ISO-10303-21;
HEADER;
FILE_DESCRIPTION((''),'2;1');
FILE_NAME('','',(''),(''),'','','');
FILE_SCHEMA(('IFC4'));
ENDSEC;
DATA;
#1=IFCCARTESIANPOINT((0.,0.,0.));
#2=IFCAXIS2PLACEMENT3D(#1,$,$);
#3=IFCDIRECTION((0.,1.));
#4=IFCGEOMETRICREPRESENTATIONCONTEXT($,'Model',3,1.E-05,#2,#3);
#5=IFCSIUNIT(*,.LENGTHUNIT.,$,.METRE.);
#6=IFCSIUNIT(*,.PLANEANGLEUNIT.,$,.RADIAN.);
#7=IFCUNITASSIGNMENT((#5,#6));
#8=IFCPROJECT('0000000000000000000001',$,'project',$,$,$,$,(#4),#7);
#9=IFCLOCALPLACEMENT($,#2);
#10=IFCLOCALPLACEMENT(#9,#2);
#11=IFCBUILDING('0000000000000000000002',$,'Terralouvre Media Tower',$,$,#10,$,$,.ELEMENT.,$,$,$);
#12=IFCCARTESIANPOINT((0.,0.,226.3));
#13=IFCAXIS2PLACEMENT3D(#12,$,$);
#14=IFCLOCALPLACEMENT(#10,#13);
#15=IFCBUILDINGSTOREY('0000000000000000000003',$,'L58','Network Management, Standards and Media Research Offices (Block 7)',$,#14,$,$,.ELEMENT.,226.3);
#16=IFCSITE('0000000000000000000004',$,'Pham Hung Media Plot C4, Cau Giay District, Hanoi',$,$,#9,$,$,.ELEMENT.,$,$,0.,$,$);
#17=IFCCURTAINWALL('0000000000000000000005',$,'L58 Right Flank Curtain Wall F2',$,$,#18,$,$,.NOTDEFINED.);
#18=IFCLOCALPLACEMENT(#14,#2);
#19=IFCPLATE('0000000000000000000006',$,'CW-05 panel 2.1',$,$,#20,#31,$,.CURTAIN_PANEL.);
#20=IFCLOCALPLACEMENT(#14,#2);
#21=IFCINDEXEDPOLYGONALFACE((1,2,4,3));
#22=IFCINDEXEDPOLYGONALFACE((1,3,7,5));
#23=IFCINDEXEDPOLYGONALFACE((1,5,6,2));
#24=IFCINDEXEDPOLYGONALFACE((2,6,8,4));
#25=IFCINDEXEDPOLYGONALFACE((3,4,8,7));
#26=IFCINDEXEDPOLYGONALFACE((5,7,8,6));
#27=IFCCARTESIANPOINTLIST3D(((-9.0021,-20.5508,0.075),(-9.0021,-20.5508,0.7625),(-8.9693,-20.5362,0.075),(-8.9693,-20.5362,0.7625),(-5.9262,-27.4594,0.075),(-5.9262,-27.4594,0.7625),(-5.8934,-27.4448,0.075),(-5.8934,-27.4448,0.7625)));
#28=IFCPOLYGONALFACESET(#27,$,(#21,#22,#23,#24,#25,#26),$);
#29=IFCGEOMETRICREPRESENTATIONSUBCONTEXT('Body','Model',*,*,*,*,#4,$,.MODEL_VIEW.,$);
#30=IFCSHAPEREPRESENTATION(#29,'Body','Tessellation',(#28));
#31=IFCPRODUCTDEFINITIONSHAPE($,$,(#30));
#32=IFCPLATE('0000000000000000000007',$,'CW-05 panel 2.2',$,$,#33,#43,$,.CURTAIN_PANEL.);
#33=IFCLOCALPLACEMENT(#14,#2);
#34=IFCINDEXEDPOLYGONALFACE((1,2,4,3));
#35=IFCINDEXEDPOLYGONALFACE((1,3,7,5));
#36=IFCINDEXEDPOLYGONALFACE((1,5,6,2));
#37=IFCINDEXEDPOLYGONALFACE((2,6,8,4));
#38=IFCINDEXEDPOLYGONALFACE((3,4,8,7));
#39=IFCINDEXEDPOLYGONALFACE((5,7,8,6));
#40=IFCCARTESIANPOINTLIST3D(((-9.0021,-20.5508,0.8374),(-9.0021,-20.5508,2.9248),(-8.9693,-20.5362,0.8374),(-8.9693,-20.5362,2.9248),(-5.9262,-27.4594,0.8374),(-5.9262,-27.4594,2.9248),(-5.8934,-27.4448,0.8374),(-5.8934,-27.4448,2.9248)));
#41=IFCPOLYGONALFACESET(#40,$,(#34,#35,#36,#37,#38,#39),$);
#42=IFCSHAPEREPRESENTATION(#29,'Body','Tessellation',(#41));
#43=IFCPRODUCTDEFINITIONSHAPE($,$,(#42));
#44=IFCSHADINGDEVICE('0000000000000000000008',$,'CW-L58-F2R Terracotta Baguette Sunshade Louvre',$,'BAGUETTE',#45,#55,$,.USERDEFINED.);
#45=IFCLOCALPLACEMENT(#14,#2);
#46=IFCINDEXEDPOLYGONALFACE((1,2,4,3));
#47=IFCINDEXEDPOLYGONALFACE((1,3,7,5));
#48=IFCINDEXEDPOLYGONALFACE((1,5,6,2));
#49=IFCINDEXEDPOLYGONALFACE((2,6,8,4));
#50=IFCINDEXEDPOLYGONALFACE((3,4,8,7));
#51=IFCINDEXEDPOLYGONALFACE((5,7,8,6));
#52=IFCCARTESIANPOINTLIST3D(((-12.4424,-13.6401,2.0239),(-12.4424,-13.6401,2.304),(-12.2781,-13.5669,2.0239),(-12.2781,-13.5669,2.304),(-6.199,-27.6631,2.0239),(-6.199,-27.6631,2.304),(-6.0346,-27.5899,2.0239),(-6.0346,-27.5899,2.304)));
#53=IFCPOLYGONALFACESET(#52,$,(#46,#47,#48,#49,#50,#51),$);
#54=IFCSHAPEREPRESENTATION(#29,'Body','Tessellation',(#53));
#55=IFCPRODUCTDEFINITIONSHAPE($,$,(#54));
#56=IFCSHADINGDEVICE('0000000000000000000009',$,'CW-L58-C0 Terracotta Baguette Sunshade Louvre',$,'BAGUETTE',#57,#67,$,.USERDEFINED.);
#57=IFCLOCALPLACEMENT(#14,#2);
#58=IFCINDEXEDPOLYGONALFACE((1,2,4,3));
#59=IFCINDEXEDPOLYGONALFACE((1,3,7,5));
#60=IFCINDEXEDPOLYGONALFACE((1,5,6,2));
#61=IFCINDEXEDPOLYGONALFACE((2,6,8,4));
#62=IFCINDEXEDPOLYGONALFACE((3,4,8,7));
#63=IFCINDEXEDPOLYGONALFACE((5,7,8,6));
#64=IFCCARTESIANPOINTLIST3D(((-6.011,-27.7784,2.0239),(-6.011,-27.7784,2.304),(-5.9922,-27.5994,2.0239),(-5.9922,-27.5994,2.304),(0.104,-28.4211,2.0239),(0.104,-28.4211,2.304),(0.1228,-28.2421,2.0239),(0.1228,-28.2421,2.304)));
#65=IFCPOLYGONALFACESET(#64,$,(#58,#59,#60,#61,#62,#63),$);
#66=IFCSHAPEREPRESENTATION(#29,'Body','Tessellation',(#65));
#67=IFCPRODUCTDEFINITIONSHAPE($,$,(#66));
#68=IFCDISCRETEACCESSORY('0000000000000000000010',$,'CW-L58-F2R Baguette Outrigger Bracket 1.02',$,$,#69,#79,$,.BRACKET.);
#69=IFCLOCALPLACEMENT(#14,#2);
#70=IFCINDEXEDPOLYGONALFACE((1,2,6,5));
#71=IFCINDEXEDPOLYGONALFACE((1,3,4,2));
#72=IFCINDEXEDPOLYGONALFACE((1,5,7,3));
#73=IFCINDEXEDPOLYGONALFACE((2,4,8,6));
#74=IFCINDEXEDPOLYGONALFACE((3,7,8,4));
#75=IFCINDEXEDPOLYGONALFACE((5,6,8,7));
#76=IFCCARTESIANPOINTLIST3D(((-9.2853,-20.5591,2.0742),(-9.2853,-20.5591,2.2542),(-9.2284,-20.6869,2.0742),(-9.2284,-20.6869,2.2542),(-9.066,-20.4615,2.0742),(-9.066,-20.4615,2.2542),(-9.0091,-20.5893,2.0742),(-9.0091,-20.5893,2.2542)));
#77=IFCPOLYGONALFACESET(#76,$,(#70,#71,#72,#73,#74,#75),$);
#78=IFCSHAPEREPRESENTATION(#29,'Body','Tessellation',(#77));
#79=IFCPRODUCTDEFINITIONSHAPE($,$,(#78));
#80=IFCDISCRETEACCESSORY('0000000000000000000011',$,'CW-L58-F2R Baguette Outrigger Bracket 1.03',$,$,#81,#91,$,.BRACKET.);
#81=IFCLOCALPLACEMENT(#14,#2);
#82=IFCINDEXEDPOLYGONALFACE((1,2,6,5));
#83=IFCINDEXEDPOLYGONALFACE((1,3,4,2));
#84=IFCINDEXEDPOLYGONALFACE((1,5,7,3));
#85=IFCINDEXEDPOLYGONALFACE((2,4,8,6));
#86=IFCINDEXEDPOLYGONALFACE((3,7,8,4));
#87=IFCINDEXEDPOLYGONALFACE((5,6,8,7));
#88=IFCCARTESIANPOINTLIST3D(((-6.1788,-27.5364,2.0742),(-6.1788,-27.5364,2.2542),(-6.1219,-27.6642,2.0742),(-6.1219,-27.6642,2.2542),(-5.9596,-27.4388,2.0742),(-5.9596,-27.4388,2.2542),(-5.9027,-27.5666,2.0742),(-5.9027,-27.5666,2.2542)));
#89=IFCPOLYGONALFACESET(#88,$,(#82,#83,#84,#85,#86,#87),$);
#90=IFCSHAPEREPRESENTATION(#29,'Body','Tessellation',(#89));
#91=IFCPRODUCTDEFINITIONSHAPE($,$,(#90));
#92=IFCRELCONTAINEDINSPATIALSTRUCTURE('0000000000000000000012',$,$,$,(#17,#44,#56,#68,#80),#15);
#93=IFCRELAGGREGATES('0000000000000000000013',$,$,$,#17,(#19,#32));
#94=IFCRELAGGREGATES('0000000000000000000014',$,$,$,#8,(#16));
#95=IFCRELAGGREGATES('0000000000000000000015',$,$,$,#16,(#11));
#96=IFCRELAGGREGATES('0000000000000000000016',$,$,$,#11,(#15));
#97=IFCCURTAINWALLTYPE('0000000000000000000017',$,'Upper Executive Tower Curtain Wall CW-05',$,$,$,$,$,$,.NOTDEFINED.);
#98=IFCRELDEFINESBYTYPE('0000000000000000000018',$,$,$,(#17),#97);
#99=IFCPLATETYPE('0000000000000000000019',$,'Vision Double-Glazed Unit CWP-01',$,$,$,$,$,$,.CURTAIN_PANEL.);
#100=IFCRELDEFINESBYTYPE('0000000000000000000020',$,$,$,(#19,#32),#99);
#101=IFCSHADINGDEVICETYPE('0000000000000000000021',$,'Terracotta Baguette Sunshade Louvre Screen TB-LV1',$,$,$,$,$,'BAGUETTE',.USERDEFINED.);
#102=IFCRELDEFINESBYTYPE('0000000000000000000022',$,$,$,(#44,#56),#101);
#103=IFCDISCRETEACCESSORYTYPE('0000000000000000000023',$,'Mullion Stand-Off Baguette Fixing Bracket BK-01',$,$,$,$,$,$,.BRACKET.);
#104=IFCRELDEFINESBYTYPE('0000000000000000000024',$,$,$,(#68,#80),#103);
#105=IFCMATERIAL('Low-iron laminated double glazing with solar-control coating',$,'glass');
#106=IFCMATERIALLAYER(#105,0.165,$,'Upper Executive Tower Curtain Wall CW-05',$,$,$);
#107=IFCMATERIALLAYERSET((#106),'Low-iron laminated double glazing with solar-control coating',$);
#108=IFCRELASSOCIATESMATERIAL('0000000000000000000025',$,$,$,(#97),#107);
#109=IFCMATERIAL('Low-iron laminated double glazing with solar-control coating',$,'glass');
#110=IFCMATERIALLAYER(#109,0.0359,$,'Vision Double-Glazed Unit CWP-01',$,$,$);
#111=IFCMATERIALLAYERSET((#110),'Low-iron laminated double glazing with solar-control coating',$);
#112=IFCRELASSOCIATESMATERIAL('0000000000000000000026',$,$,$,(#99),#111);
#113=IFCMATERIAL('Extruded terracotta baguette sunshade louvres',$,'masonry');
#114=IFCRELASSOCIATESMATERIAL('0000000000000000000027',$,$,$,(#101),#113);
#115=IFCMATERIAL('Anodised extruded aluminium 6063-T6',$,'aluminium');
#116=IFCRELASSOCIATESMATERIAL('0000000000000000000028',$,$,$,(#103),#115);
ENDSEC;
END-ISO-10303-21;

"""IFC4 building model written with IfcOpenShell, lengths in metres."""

from ifc_helpers import new_model, si_unit, direction, frame, origin, origin_2d, place, context, subcontext, project, spatial, rectangle, extrude, material, layer, layer_set, type_object, element, aggregate, save


model = new_model("IFC4")

# Units and contexts
model_context = context("Model", 3, precision=1e-05, world=origin(), true_north=direction((0.0, 1.0)))
body_context = subcontext(model_context, "Body", "Model", "MODEL_VIEW")
ifc_project = project(units=[si_unit("LENGTHUNIT", "METRE"), si_unit("PLANEANGLEUNIT", "RADIAN")], contexts=[model_context])

# Site, building, storey
site_placement = place(None, origin())
site = spatial("IfcSite", under=ifc_project, at=site_placement, Name="Pham Hung Media Plot C4, Cau Giay District, Hanoi", CompositionType="ELEMENT", RefElevation=0.0)
building_placement = place(site_placement, origin())
building = spatial("IfcBuilding", under=site, at=building_placement, Name="Terralouvre Media Tower", CompositionType="ELEMENT")
storey_placement = place(building_placement, frame((0.0, 0.0, 226.3)))
storey = spatial("IfcBuildingStorey", under=building, at=storey_placement, Name="L58", Description="Network Management, Standards and Media Research Offices (Block 7)", CompositionType="ELEMENT", Elevation=226.3)

# Curtain wall
ifc_material_1 = material(Name="Low-iron laminated double glazing with solar-control coating", Category="glass")
ifc_layer_1 = layer(ifc_material_1, 0.165, Name="Upper Executive Tower Curtain Wall CW-05")
ifc_layer_set_1 = layer_set([ifc_layer_1], Name="Low-iron laminated double glazing with solar-control coating")
curtain_wall_type_1 = type_object("IfcCurtainWallType", Name="Upper Executive Tower Curtain Wall CW-05", PredefinedType="NOTDEFINED", material=ifc_layer_set_1)
curtain_wall_1_placement = place(storey_placement, origin())
curtain_wall_1 = element("IfcCurtainWall", 1, at=curtain_wall_1_placement, inside=storey, type_object=curtain_wall_type_1, Name="L58 Right Flank Curtain Wall F2", PredefinedType="NOTDEFINED")

# Plates
ifc_material_2 = material(Name="Low-iron laminated double glazing with solar-control coating", Category="glass")
ifc_layer_2 = layer(ifc_material_2, 0.0359, Name="Vision Double-Glazed Unit CWP-01")
ifc_layer_set_2 = layer_set([ifc_layer_2], Name="Low-iron laminated double glazing with solar-control coating")
plate_type_1 = type_object("IfcPlateType", Name="Vision Double-Glazed Unit CWP-01", PredefinedType="CURTAIN_PANEL", material=ifc_layer_set_2)
plate_1_placement = place(storey_placement, frame((-7.4478, -23.9978, 0.075), z_axis=(0.0, 0.0, 1.0), x_axis=(0.406736, -0.913546, 0.0)))
plate_1 = element("IfcPlate", 2, at=plate_1_placement, type_object=plate_type_1, Name="CW-05 panel 2.1", PredefinedType="CURTAIN_PANEL", context=body_context, shape_type="SweptSolid", body=[
    extrude(rectangle(XDim=7.5625, YDim=0.0359, at=origin_2d()), origin(), (0.0, 0.0, 1.0), 0.6875),
])
plate_2_placement = place(storey_placement, frame((-7.4478, -23.9978, 0.8374), z_axis=(0.0, 0.0, 1.0), x_axis=(0.406736, -0.913546, 0.0)))
plate_2 = element("IfcPlate", 3, at=plate_2_placement, type_object=plate_type_1, Name="CW-05 panel 2.2", PredefinedType="CURTAIN_PANEL", context=body_context, shape_type="SweptSolid", body=[
    extrude(rectangle(XDim=7.5625, YDim=0.0359, at=origin_2d()), origin(), (0.0, 0.0, 1.0), 2.0874),
])
aggregate(curtain_wall_1, [plate_1, plate_2])

# Shading devices
ifc_material_3 = material(Name="Extruded terracotta baguette sunshade louvres", Category="masonry")
shading_device_type = type_object("IfcShadingDeviceType", Name="Terracotta Baguette Sunshade Louvre Screen TB-LV1", ElementType="BAGUETTE", PredefinedType="USERDEFINED", material=ifc_material_3)
shading_device_1_placement = place(storey_placement, frame((-9.2385, -20.615, 2.0239), z_axis=(0.0, 0.0, 1.0), x_axis=(0.406736, -0.913546, 0.0)))
element("IfcShadingDevice", 4, at=shading_device_1_placement, inside=storey, type_object=shading_device_type, Name="CW-L58-F2R Terracotta Baguette Sunshade Louvre", ObjectType="BAGUETTE", PredefinedType="USERDEFINED", context=body_context, shape_type="SweptSolid", body=[
    extrude(rectangle(XDim=15.3501, YDim=0.1799, at=origin_2d()), origin(), (0.0, 0.0, 1.0), 0.28),
])
shading_device_2_placement = place(storey_placement, frame((-2.9441, -28.0103, 2.0239), z_axis=(0.0, 0.0, 1.0), x_axis=(0.994522, -0.104528, 0.0)))
element("IfcShadingDevice", 5, at=shading_device_2_placement, inside=storey, type_object=shading_device_type, Name="CW-L58-C0 Terracotta Baguette Sunshade Louvre", ObjectType="BAGUETTE", PredefinedType="USERDEFINED", context=body_context, shape_type="SweptSolid", body=[
    extrude(rectangle(XDim=6.1487, YDim=0.1799, at=origin_2d()), origin(), (0.0, 0.0, 1.0), 0.28),
])

# Discrete accessories
ifc_material_4 = material(Name="Anodised extruded aluminium 6063-T6", Category="aluminium")
discrete_accessory_type = type_object("IfcDiscreteAccessoryType", Name="Mullion Stand-Off Baguette Fixing Bracket BK-01", PredefinedType="BRACKET", material=ifc_material_4)
for number, where, z_axis, x_axis, name in (
    (6, (-9.1472, -20.5742, 2.0742), (0.0, 0.0, 1.0), (0.406736, -0.913546, 0.0), "CW-L58-F2R Baguette Outrigger Bracket 1.02"),
    (7, (-6.0408, -27.5515, 2.0742), (0.0, 0.0, 1.0), (0.406736, -0.913546, 0.0), "CW-L58-F2R Baguette Outrigger Bracket 1.03"),
):
    element("IfcDiscreteAccessory", number, at=place(storey_placement, frame(where, z_axis=z_axis, x_axis=x_axis)), inside=storey, type_object=discrete_accessory_type, Name=name, PredefinedType="BRACKET", context=body_context, shape_type="SweptSolid", body=[
        extrude(rectangle(XDim=0.1399, YDim=0.24, at=origin_2d()), origin(), (0.0, 0.0, 1.0), 0.1799),
    ])

save(model, "model.ifc")
